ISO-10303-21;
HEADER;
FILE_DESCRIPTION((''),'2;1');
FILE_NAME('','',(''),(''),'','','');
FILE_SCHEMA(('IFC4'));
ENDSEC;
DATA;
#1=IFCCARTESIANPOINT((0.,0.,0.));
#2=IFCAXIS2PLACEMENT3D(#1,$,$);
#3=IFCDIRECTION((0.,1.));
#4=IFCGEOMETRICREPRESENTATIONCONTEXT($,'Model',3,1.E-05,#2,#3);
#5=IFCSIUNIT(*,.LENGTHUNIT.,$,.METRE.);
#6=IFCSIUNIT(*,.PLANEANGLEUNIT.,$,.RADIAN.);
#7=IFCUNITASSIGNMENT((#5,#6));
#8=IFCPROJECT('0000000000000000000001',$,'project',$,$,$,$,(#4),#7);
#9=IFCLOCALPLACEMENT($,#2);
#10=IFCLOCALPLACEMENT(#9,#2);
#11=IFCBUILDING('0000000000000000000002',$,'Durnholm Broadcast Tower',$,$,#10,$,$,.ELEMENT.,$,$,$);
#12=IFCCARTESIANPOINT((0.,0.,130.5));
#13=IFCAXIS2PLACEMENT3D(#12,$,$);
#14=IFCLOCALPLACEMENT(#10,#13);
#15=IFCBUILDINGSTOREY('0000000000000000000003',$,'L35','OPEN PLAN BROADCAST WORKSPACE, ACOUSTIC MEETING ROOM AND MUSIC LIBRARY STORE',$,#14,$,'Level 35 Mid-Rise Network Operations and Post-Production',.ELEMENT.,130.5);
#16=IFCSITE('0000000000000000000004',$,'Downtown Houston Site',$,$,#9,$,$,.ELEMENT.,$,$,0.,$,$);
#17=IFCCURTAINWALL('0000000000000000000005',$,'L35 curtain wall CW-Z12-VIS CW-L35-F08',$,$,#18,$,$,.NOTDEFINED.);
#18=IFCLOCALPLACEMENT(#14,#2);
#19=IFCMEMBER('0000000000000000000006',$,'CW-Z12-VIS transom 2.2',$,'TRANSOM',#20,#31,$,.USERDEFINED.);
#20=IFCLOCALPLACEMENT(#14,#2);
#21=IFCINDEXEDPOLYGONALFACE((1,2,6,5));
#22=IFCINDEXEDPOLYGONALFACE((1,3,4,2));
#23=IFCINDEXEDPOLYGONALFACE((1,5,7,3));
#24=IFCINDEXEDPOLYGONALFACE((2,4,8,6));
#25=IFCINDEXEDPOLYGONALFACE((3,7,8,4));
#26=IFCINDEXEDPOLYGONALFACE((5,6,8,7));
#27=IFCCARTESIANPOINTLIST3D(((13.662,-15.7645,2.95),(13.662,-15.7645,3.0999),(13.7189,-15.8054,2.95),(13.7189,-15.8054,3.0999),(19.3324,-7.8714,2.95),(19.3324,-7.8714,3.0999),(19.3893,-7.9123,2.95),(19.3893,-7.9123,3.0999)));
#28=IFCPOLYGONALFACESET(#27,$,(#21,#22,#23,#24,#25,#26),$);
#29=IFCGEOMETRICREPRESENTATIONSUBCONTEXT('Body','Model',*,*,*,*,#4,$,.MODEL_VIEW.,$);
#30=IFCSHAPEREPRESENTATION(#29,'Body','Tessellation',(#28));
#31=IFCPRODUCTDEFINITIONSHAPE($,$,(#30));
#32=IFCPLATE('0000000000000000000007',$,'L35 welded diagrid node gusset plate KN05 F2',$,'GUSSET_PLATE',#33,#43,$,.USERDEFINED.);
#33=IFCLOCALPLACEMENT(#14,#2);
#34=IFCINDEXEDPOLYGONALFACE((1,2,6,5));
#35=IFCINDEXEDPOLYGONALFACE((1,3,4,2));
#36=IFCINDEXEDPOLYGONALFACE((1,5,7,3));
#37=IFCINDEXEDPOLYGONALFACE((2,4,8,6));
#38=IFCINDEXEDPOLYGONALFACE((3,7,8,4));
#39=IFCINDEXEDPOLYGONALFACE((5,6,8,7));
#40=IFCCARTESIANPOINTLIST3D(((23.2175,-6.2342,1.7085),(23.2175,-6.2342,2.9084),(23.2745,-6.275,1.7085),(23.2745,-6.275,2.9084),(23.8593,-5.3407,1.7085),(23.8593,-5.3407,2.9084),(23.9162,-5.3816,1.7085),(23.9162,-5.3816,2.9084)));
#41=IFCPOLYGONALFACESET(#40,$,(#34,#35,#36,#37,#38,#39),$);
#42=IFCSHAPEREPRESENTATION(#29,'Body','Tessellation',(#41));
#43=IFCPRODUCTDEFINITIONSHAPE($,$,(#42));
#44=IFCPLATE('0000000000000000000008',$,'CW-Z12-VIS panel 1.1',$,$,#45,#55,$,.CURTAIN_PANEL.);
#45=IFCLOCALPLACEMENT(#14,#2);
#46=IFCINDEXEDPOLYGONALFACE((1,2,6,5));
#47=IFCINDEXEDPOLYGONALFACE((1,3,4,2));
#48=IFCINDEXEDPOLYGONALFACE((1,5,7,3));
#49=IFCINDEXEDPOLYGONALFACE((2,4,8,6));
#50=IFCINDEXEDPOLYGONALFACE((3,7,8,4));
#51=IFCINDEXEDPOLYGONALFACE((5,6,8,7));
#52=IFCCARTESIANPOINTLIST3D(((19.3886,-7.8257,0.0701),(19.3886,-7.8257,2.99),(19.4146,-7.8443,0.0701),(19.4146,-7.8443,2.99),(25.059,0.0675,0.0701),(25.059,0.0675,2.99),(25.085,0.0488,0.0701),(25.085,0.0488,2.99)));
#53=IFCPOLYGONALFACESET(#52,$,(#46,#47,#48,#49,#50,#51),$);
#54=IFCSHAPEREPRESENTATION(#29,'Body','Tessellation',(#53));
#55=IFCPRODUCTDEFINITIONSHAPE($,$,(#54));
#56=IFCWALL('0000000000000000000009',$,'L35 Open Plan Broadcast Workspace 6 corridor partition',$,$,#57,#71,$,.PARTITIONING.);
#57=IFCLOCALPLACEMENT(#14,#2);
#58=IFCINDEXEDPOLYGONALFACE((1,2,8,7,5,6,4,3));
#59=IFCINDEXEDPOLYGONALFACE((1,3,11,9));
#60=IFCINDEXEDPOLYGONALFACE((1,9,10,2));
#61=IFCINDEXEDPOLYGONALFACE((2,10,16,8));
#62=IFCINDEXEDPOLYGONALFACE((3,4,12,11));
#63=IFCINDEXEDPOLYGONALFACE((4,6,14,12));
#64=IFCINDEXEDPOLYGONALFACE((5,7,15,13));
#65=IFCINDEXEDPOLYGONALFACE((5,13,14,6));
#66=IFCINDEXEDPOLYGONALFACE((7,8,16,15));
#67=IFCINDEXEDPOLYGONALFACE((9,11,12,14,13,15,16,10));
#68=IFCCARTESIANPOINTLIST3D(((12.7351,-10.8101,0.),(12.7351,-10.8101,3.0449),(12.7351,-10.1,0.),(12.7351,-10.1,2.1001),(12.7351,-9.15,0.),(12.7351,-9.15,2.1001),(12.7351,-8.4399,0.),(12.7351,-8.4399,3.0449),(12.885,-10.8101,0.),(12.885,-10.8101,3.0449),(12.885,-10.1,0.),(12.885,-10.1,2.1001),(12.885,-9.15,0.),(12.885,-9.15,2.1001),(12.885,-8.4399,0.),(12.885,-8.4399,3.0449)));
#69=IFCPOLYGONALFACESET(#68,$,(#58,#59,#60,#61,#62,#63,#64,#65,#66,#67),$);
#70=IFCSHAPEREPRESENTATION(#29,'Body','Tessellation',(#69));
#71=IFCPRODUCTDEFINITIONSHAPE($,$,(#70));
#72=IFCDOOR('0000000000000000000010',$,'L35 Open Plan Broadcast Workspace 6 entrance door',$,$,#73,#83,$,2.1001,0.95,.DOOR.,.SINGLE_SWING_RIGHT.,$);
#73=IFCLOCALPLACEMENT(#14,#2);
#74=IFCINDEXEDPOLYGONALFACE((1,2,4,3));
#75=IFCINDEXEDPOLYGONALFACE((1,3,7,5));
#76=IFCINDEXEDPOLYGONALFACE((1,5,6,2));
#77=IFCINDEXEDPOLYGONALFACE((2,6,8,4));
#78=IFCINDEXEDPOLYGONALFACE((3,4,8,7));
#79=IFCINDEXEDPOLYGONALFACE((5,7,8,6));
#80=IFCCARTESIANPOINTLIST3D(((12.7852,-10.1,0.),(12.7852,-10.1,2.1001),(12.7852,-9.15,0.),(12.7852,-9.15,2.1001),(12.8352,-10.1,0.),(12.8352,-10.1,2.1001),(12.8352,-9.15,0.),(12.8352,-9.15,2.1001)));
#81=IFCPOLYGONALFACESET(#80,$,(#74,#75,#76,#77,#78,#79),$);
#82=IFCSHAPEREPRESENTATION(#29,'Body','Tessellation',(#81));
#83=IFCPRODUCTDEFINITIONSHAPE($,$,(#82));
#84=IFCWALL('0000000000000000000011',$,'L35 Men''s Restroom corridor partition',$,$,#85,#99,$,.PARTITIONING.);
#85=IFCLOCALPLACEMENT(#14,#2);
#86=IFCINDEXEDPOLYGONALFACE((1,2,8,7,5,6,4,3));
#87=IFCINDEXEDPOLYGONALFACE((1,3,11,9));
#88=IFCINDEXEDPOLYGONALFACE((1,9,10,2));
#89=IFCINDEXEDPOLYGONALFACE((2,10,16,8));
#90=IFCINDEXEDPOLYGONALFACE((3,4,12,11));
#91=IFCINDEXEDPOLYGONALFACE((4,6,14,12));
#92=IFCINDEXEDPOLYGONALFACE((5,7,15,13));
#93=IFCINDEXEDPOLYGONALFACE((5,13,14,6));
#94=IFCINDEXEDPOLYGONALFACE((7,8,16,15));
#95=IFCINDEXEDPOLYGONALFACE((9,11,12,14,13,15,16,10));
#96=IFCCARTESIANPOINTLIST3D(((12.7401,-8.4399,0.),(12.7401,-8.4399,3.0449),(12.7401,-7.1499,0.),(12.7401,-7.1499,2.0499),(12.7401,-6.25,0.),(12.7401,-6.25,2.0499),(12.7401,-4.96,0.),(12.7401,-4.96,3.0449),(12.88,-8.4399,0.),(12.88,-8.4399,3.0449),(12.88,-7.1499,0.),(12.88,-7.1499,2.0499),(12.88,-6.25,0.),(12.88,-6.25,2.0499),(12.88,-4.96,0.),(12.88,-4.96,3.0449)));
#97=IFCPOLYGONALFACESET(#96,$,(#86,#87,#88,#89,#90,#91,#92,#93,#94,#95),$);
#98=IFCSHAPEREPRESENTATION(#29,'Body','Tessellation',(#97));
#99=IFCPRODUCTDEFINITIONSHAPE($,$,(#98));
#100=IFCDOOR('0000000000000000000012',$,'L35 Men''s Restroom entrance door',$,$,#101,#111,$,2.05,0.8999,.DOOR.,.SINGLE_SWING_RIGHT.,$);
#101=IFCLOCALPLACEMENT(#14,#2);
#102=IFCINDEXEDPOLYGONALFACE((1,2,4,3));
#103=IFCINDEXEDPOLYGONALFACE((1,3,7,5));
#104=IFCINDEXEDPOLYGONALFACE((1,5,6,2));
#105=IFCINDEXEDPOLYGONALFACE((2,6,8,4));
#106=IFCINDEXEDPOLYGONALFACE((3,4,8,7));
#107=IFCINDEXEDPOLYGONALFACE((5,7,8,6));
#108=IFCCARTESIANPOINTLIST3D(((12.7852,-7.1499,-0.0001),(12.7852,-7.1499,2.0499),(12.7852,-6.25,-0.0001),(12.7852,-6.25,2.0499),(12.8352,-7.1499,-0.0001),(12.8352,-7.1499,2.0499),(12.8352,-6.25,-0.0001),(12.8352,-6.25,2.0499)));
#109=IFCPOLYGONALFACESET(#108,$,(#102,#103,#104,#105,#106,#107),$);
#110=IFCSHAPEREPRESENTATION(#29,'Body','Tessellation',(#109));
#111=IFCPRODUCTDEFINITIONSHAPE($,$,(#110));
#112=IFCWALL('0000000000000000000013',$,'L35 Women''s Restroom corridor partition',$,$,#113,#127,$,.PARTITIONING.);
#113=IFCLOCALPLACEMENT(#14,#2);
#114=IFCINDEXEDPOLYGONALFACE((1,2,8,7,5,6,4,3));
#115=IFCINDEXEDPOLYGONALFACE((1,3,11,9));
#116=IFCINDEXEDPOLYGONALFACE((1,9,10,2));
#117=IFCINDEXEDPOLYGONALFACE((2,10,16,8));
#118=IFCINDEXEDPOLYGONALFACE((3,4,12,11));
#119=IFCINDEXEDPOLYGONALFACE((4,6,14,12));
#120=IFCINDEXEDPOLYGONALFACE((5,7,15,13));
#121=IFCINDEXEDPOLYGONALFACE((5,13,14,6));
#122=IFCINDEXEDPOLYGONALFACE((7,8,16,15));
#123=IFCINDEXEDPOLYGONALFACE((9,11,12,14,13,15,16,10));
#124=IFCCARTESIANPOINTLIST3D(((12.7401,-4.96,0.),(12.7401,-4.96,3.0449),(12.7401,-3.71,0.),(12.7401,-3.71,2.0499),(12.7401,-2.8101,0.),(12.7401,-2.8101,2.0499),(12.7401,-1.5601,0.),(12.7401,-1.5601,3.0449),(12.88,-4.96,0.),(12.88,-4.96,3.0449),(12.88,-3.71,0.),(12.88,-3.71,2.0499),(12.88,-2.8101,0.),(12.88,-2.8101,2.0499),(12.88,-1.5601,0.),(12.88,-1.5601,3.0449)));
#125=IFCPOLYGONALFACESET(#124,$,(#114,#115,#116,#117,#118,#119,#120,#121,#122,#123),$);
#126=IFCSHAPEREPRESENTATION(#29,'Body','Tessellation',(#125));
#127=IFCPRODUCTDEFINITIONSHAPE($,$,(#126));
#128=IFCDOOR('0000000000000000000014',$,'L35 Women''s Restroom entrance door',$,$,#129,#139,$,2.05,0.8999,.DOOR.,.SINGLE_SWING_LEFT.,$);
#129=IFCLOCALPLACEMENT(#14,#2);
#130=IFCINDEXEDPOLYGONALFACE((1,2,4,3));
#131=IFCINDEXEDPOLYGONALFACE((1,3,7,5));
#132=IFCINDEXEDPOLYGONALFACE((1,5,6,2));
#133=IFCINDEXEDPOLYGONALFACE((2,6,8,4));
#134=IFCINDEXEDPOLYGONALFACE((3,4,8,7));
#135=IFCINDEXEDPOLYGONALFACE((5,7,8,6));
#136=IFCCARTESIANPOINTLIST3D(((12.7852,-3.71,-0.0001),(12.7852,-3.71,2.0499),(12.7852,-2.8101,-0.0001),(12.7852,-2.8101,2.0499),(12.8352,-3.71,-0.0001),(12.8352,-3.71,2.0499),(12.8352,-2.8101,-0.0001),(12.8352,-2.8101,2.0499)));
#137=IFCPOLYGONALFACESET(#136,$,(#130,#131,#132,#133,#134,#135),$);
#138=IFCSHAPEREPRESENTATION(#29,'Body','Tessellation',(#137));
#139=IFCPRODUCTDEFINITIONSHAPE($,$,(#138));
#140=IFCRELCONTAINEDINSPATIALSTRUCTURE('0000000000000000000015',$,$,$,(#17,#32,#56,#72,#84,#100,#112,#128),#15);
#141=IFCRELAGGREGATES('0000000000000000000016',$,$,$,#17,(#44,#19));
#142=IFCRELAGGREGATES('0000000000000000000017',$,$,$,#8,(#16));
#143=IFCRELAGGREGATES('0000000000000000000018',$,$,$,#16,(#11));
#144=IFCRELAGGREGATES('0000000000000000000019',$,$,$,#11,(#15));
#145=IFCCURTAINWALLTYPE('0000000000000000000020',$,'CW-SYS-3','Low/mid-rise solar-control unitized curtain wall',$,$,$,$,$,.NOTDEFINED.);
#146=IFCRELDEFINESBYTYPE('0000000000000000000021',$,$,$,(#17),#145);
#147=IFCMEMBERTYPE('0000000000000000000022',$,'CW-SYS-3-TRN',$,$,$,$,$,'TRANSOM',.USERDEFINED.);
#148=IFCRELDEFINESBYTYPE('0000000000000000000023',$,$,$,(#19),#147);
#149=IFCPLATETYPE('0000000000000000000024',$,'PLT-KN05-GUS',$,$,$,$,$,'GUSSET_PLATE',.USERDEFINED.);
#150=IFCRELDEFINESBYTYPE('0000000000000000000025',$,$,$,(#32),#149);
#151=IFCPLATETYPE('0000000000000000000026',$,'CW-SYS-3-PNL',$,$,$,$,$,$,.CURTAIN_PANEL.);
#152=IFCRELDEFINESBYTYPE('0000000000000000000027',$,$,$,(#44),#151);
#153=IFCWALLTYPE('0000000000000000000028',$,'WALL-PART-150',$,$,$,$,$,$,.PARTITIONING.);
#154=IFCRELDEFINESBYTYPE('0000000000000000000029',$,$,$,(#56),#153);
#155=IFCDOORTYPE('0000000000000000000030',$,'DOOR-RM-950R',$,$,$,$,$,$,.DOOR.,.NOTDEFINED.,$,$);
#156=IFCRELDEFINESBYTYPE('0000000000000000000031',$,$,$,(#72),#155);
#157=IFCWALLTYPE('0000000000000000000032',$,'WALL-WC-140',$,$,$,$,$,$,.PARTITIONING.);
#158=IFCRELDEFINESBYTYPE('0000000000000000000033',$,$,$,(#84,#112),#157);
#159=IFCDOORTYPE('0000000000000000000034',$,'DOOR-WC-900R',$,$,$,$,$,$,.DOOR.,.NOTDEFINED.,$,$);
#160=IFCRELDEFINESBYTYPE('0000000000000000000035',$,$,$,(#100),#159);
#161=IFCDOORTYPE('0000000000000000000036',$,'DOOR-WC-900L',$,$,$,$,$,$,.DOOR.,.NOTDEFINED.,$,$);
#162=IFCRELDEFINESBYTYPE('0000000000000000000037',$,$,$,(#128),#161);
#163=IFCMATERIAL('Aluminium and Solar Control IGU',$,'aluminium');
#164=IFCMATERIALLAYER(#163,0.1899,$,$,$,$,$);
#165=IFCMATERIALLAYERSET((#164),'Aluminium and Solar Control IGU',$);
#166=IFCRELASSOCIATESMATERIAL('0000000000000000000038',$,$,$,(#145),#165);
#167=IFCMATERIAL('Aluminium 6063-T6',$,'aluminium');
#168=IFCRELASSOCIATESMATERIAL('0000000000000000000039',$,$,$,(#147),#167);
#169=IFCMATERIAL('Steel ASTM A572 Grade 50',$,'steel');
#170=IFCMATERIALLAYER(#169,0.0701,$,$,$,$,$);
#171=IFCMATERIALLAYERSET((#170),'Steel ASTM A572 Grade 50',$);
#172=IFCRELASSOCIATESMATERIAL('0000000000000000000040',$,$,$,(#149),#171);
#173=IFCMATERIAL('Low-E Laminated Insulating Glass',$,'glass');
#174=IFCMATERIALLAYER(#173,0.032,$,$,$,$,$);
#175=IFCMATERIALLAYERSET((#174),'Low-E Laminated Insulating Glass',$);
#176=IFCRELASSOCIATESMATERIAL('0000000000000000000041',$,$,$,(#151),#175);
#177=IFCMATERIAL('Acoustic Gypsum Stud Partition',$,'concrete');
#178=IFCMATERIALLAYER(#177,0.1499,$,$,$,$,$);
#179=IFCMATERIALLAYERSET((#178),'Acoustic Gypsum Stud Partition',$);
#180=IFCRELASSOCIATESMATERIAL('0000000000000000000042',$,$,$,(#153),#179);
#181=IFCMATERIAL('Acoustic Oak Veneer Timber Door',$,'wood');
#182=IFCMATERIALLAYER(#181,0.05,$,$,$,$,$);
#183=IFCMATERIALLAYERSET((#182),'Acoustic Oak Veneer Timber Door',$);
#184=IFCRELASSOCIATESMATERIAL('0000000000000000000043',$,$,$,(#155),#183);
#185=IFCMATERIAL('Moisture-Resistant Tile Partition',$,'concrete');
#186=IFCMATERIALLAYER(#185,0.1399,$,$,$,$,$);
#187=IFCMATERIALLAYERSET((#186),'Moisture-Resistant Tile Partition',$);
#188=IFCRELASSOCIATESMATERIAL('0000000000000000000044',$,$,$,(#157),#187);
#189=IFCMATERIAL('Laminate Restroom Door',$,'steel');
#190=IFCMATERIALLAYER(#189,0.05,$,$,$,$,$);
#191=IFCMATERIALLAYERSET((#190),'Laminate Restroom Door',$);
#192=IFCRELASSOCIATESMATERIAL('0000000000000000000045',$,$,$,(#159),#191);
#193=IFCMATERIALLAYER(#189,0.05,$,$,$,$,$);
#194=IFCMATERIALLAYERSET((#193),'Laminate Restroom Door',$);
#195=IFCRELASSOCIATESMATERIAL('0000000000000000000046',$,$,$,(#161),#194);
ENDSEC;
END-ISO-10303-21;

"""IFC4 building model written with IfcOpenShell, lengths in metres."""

from ifc_helpers import new_model, si_unit, direction, frame, frame_2d, origin, origin_2d, place, context, subcontext, project, spatial, rectangle, extrude, source, transform, mapped, material, layer, layer_set, material_profile, profile_set, type_object, type_shapes, element, fill, aggregate, save


model = new_model("IFC4")

# Units and contexts
model_context = context("Model", 3, precision=1e-05, world=origin(), true_north=direction((0.0, 1.0)))
body_context = subcontext(model_context, "Body", "Model", "MODEL_VIEW")
ifc_project = project(units=[si_unit("LENGTHUNIT", "METRE"), si_unit("PLANEANGLEUNIT", "RADIAN")], contexts=[model_context])

# Site, building, storey
site_placement = place(None, origin())
site = spatial("IfcSite", under=ifc_project, at=site_placement, Name="Downtown Houston Site", CompositionType="ELEMENT", RefElevation=0.0)
building_placement = place(site_placement, origin())
building = spatial("IfcBuilding", under=site, at=building_placement, Name="Durnholm Broadcast Tower", CompositionType="ELEMENT")
storey_placement = place(building_placement, frame((0.0, 0.0, 130.5)))
storey = spatial("IfcBuildingStorey", under=building, at=storey_placement, Name="L35", Description="OPEN PLAN BROADCAST WORKSPACE, ACOUSTIC MEETING ROOM AND MUSIC LIBRARY STORE", LongName="Level 35 Mid-Rise Network Operations and Post-Production", CompositionType="ELEMENT", Elevation=130.5)

# Shared definitions
ifc_material_1 = material(Name="Aluminium and Solar Control IGU", Category="aluminium")
ifc_material_2 = material(Name="Aluminium 6063-T6", Category="aluminium")

# Curtain wall, member
ifc_layer_1 = layer(ifc_material_1, 0.1899)
ifc_layer_set_1 = layer_set([ifc_layer_1], Name="Aluminium and Solar Control IGU")
curtain_wall_type_1 = type_object("IfcCurtainWallType", Name="CW-SYS-3", Description="Low/mid-rise solar-control unitized curtain wall", PredefinedType="NOTDEFINED", material=ifc_layer_set_1)
curtain_wall_1_placement = place(storey_placement, origin())
curtain_wall_1 = element("IfcCurtainWall", 1, at=curtain_wall_1_placement, inside=storey, type_object=curtain_wall_type_1, Name="L35 curtain wall CW-Z12-VIS CW-L35-F08", PredefinedType="NOTDEFINED")
ifc_material_profile_1 = material_profile(ifc_material_2, rectangle(XDim=0.0701, YDim=0.1499, at=origin_2d()), Name="CWT70X150")
ifc_profile_set_1 = profile_set([ifc_material_profile_1], Name="Aluminium 6063-T6")
member_type_1 = type_object("IfcMemberType", Name="CW-SYS-3-TRN", ElementType="TRANSOM", PredefinedType="USERDEFINED", material=ifc_profile_set_1)
shared_shape_1 = source(origin(), body_context, "Body", "SweptSolid", [
    extrude(rectangle(XDim=0.0701, YDim=0.1499, at=origin_2d()), origin(), (0.0, 0.0, 1.0), 9.7188),
])
type_shapes(member_type_1, [shared_shape_1])
member_1_placement = place(storey_placement, frame((19.3608, -7.8918, 3.0249), z_axis=(-0.583451, -0.812149, 0.0), x_axis=(0.812149, -0.583451, 0.0)))
member_1 = element("IfcMember", 2, at=member_1_placement, type_object=member_type_1, Name="CW-Z12-VIS transom 2.2", ObjectType="TRANSOM", PredefinedType="USERDEFINED", context=body_context, shape_type="MappedRepresentation", body=[
    mapped(shared_shape_1, transform((0.0, 0.0, 0.0), x_axis=(1.0, 0.0, 0.0), y_axis=(0.0, 1.0, 0.0), z_axis=(0.0, 0.0, 1.0), scale=1.0)),
])

# Plates
ifc_material_3 = material(Name="Steel ASTM A572 Grade 50", Category="steel")
ifc_layer_2 = layer(ifc_material_3, 0.0701)
ifc_layer_set_2 = layer_set([ifc_layer_2], Name="Steel ASTM A572 Grade 50")
plate_type_1 = type_object("IfcPlateType", Name="PLT-KN05-GUS", ElementType="GUSSET_PLATE", PredefinedType="USERDEFINED", material=ifc_layer_set_2)
shared_shape_2 = source(origin(), body_context, "Body", "SweptSolid", [
    extrude(rectangle(XDim=1.1001, YDim=0.0701, at=origin_2d()), origin(), (0.0, 0.0, 1.0), 1.2),
])
type_shapes(plate_type_1, [shared_shape_2])
plate_1_placement = place(storey_placement, frame((23.5669, -5.8079, 1.7085), z_axis=(0.0, 0.0, 1.0), x_axis=(0.583399, 0.812185, 0.0)))
element("IfcPlate", 3, at=plate_1_placement, inside=storey, type_object=plate_type_1, Name="L35 welded diagrid node gusset plate KN05 F2", ObjectType="GUSSET_PLATE", PredefinedType="USERDEFINED", context=body_context, shape_type="MappedRepresentation", body=[
    mapped(shared_shape_2, transform((0.0, 0.0, 0.0), x_axis=(1.0, 0.0, 0.0), y_axis=(0.0, 1.0, 0.0), z_axis=(0.0, 0.0, 1.0), scale=1.0)),
])
ifc_material_4 = material(Name="Low-E Laminated Insulating Glass", Category="glass")
ifc_layer_3 = layer(ifc_material_4, 0.032)
ifc_layer_set_3 = layer_set([ifc_layer_3], Name="Low-E Laminated Insulating Glass")
plate_type_2 = type_object("IfcPlateType", Name="CW-SYS-3-PNL", PredefinedType="CURTAIN_PANEL", material=ifc_layer_set_3)
shared_shape_3 = source(origin(), body_context, "Body", "SweptSolid", [
    extrude(rectangle(XDim=9.7188, YDim=0.032, at=origin_2d()), origin(), (0.0, 0.0, 1.0), 2.9199),
])
type_shapes(plate_type_2, [shared_shape_3])
plate_2_placement = place(storey_placement, frame((22.2368, -3.8884, 0.0701), z_axis=(0.0, 0.0, 1.0), x_axis=(-0.583445, -0.812152, 0.0)))
plate_2 = element("IfcPlate", 4, at=plate_2_placement, type_object=plate_type_2, Name="CW-Z12-VIS panel 1.1", PredefinedType="CURTAIN_PANEL", context=body_context, shape_type="MappedRepresentation", body=[
    mapped(shared_shape_3, transform((0.0, 0.0, 0.0), x_axis=(1.0, 0.0, 0.0), y_axis=(0.0, 1.0, 0.0), z_axis=(0.0, 0.0, 1.0), scale=1.0)),
])
aggregate(curtain_wall_1, [plate_2, member_1])

# Walls, openings, doors
ifc_material_5 = material(Name="Acoustic Gypsum Stud Partition", Category="concrete")
ifc_layer_4 = layer(ifc_material_5, 0.1499)
ifc_layer_set_4 = layer_set([ifc_layer_4], Name="Acoustic Gypsum Stud Partition")
wall_type_1 = type_object("IfcWallType", Name="WALL-PART-150", PredefinedType="PARTITIONING", material=ifc_layer_set_4)
wall_1_placement = place(storey_placement, frame((12.8101, -10.8101, 0.0), z_axis=(0.0, 0.0, 1.0), x_axis=(0.0, 1.0, 0.0)))
wall_1 = element("IfcWall", 5, at=wall_1_placement, inside=storey, type_object=wall_type_1, Name="L35 Open Plan Broadcast Workspace 6 corridor partition", PredefinedType="PARTITIONING", context=body_context, shape_type="SweptSolid", body=[
    extrude(rectangle(XDim=2.3701, YDim=0.1499, at=frame_2d((1.1851, 0.0))), origin(), (0.0, 0.0, 1.0), 3.0449),
])
opening_1_placement = place(wall_1_placement, frame((0.71, 0.0, 0.0)))
opening_1 = element("IfcOpeningElement", 6, at=opening_1_placement, cuts=wall_1, PredefinedType="OPENING", context=body_context, shape_type="SweptSolid", body=[
    extrude(rectangle(XDim=0.95, YDim=2.1001, at=frame_2d((0.4751, 1.05))), frame((0.0, 0.085, 0.0), z_axis=(0.0, -1.0, 0.0), x_axis=(1.0, 0.0, 0.0)), (0.0, 0.0, 1.0), 0.1699),
])
ifc_material_6 = material(Name="Acoustic Oak Veneer Timber Door", Category="wood")
ifc_layer_5 = layer(ifc_material_6, 0.05)
ifc_layer_set_5 = layer_set([ifc_layer_5], Name="Acoustic Oak Veneer Timber Door")
door_type_1 = type_object("IfcDoorType", Name="DOOR-RM-950R", OperationType="NOTDEFINED", PredefinedType="DOOR", material=ifc_layer_set_5)
shared_shape_4 = source(origin(), body_context, "Body", "SweptSolid", [
    extrude(rectangle(XDim=0.95, YDim=2.1001, at=frame_2d((0.4751, 1.05))), frame((0.0, 0.0249, 0.0), z_axis=(0.0, -1.0, 0.0), x_axis=(1.0, 0.0, 0.0)), (0.0, 0.0, 1.0), 0.05),
])
type_shapes(door_type_1, [shared_shape_4])
door_1_placement = place(opening_1_placement, origin())
door_1 = element("IfcDoor", 7, at=door_1_placement, inside=storey, type_object=door_type_1, Name="L35 Open Plan Broadcast Workspace 6 entrance door", OperationType="SINGLE_SWING_RIGHT", OverallHeight=2.1001, OverallWidth=0.95, PredefinedType="DOOR", context=body_context, shape_type="MappedRepresentation", body=[
    mapped(shared_shape_4, transform((0.0, 0.0, 0.0), x_axis=(1.0, 0.0, 0.0), y_axis=(0.0, 1.0, 0.0), z_axis=(0.0, 0.0, 1.0), scale=1.0)),
])
fill(opening_1, door_1)
ifc_material_7 = material(Name="Moisture-Resistant Tile Partition", Category="concrete")
ifc_layer_6 = layer(ifc_material_7, 0.1399)
ifc_layer_set_6 = layer_set([ifc_layer_6], Name="Moisture-Resistant Tile Partition")
wall_type_2 = type_object("IfcWallType", Name="WALL-WC-140", PredefinedType="PARTITIONING", material=ifc_layer_set_6)
wall_2_placement = place(storey_placement, frame((12.8101, -8.4399, 0.0), z_axis=(0.0, 0.0, 1.0), x_axis=(0.0, 1.0, 0.0)))
wall_2 = element("IfcWall", 8, at=wall_2_placement, inside=storey, type_object=wall_type_2, Name="L35 Men's Restroom corridor partition", PredefinedType="PARTITIONING", context=body_context, shape_type="SweptSolid", body=[
    extrude(rectangle(XDim=3.48, YDim=0.1399, at=frame_2d((1.74, 0.0))), origin(), (0.0, 0.0, 1.0), 3.0449),
])
opening_2_placement = place(wall_2_placement, frame((1.29, 0.0, 0.0)))
opening_2 = element("IfcOpeningElement", 9, at=opening_2_placement, cuts=wall_2, PredefinedType="OPENING", context=body_context, shape_type="SweptSolid", body=[
    extrude(rectangle(XDim=0.8999, YDim=2.05, at=frame_2d((0.45, 1.0249))), frame((0.0, 0.0801, 0.0), z_axis=(0.0, -1.0, 0.0), x_axis=(1.0, 0.0, 0.0)), (0.0, 0.0, 1.0), 0.1599),
])
ifc_material_8 = material(Name="Laminate Restroom Door", Category="steel")
ifc_layer_7 = layer(ifc_material_8, 0.05)
ifc_layer_set_7 = layer_set([ifc_layer_7], Name="Laminate Restroom Door")
door_type_2 = type_object("IfcDoorType", Name="DOOR-WC-900R", OperationType="NOTDEFINED", PredefinedType="DOOR", material=ifc_layer_set_7)
shared_shape_5 = source(origin(), body_context, "Body", "SweptSolid", [
    extrude(rectangle(XDim=0.8999, YDim=2.05, at=frame_2d((0.45, 1.0249))), frame((0.0, 0.0249, 0.0), z_axis=(0.0, -1.0, 0.0), x_axis=(1.0, 0.0, 0.0)), (0.0, 0.0, 1.0), 0.05),
])
type_shapes(door_type_2, [shared_shape_5])
door_2_placement = place(opening_2_placement, origin())
door_2 = element("IfcDoor", 10, at=door_2_placement, inside=storey, type_object=door_type_2, Name="L35 Men's Restroom entrance door", OperationType="SINGLE_SWING_RIGHT", OverallHeight=2.05, OverallWidth=0.8999, PredefinedType="DOOR", context=body_context, shape_type="MappedRepresentation", body=[
    mapped(shared_shape_5, transform((0.0, 0.0, 0.0), x_axis=(1.0, 0.0, 0.0), y_axis=(0.0, 1.0, 0.0), z_axis=(0.0, 0.0, 1.0), scale=1.0)),
])
fill(opening_2, door_2)
wall_3_placement = place(storey_placement, frame((12.8101, -4.96, 0.0), z_axis=(0.0, 0.0, 1.0), x_axis=(0.0, 1.0, 0.0)))
wall_3 = element("IfcWall", 11, at=wall_3_placement, inside=storey, type_object=wall_type_2, Name="L35 Women's Restroom corridor partition", PredefinedType="PARTITIONING", context=body_context, shape_type="SweptSolid", body=[
    extrude(rectangle(XDim=3.3999, YDim=0.1399, at=frame_2d((1.7, 0.0))), origin(), (0.0, 0.0, 1.0), 3.0449),
])
opening_3_placement = place(wall_3_placement, frame((1.25, 0.0, 0.0)))
opening_3 = element("IfcOpeningElement", 12, at=opening_3_placement, cuts=wall_3, PredefinedType="OPENING", context=body_context, shape_type="SweptSolid", body=[
    extrude(rectangle(XDim=0.8999, YDim=2.05, at=frame_2d((0.45, 1.0249))), frame((0.0, 0.0801, 0.0), z_axis=(0.0, -1.0, 0.0), x_axis=(1.0, 0.0, 0.0)), (0.0, 0.0, 1.0), 0.1599),
])
ifc_layer_8 = layer(ifc_material_8, 0.05)
ifc_layer_set_8 = layer_set([ifc_layer_8], Name="Laminate Restroom Door")
door_type_3 = type_object("IfcDoorType", Name="DOOR-WC-900L", OperationType="NOTDEFINED", PredefinedType="DOOR", material=ifc_layer_set_8)
shared_shape_6 = source(origin(), body_context, "Body", "SweptSolid", [
    extrude(rectangle(XDim=0.8999, YDim=2.05, at=frame_2d((0.45, 1.0249))), frame((0.0, 0.0249, 0.0), z_axis=(0.0, -1.0, 0.0), x_axis=(1.0, 0.0, 0.0)), (0.0, 0.0, 1.0), 0.05),
])
type_shapes(door_type_3, [shared_shape_6])
door_3_placement = place(opening_3_placement, origin())
door_3 = element("IfcDoor", 13, at=door_3_placement, inside=storey, type_object=door_type_3, Name="L35 Women's Restroom entrance door", OperationType="SINGLE_SWING_LEFT", OverallHeight=2.05, OverallWidth=0.8999, PredefinedType="DOOR", context=body_context, shape_type="MappedRepresentation", body=[
    mapped(shared_shape_6, transform((0.0, 0.0, 0.0), x_axis=(1.0, 0.0, 0.0), y_axis=(0.0, 1.0, 0.0), z_axis=(0.0, 0.0, 1.0), scale=1.0)),
])
fill(opening_3, door_3)

save(model, "model.ifc")
